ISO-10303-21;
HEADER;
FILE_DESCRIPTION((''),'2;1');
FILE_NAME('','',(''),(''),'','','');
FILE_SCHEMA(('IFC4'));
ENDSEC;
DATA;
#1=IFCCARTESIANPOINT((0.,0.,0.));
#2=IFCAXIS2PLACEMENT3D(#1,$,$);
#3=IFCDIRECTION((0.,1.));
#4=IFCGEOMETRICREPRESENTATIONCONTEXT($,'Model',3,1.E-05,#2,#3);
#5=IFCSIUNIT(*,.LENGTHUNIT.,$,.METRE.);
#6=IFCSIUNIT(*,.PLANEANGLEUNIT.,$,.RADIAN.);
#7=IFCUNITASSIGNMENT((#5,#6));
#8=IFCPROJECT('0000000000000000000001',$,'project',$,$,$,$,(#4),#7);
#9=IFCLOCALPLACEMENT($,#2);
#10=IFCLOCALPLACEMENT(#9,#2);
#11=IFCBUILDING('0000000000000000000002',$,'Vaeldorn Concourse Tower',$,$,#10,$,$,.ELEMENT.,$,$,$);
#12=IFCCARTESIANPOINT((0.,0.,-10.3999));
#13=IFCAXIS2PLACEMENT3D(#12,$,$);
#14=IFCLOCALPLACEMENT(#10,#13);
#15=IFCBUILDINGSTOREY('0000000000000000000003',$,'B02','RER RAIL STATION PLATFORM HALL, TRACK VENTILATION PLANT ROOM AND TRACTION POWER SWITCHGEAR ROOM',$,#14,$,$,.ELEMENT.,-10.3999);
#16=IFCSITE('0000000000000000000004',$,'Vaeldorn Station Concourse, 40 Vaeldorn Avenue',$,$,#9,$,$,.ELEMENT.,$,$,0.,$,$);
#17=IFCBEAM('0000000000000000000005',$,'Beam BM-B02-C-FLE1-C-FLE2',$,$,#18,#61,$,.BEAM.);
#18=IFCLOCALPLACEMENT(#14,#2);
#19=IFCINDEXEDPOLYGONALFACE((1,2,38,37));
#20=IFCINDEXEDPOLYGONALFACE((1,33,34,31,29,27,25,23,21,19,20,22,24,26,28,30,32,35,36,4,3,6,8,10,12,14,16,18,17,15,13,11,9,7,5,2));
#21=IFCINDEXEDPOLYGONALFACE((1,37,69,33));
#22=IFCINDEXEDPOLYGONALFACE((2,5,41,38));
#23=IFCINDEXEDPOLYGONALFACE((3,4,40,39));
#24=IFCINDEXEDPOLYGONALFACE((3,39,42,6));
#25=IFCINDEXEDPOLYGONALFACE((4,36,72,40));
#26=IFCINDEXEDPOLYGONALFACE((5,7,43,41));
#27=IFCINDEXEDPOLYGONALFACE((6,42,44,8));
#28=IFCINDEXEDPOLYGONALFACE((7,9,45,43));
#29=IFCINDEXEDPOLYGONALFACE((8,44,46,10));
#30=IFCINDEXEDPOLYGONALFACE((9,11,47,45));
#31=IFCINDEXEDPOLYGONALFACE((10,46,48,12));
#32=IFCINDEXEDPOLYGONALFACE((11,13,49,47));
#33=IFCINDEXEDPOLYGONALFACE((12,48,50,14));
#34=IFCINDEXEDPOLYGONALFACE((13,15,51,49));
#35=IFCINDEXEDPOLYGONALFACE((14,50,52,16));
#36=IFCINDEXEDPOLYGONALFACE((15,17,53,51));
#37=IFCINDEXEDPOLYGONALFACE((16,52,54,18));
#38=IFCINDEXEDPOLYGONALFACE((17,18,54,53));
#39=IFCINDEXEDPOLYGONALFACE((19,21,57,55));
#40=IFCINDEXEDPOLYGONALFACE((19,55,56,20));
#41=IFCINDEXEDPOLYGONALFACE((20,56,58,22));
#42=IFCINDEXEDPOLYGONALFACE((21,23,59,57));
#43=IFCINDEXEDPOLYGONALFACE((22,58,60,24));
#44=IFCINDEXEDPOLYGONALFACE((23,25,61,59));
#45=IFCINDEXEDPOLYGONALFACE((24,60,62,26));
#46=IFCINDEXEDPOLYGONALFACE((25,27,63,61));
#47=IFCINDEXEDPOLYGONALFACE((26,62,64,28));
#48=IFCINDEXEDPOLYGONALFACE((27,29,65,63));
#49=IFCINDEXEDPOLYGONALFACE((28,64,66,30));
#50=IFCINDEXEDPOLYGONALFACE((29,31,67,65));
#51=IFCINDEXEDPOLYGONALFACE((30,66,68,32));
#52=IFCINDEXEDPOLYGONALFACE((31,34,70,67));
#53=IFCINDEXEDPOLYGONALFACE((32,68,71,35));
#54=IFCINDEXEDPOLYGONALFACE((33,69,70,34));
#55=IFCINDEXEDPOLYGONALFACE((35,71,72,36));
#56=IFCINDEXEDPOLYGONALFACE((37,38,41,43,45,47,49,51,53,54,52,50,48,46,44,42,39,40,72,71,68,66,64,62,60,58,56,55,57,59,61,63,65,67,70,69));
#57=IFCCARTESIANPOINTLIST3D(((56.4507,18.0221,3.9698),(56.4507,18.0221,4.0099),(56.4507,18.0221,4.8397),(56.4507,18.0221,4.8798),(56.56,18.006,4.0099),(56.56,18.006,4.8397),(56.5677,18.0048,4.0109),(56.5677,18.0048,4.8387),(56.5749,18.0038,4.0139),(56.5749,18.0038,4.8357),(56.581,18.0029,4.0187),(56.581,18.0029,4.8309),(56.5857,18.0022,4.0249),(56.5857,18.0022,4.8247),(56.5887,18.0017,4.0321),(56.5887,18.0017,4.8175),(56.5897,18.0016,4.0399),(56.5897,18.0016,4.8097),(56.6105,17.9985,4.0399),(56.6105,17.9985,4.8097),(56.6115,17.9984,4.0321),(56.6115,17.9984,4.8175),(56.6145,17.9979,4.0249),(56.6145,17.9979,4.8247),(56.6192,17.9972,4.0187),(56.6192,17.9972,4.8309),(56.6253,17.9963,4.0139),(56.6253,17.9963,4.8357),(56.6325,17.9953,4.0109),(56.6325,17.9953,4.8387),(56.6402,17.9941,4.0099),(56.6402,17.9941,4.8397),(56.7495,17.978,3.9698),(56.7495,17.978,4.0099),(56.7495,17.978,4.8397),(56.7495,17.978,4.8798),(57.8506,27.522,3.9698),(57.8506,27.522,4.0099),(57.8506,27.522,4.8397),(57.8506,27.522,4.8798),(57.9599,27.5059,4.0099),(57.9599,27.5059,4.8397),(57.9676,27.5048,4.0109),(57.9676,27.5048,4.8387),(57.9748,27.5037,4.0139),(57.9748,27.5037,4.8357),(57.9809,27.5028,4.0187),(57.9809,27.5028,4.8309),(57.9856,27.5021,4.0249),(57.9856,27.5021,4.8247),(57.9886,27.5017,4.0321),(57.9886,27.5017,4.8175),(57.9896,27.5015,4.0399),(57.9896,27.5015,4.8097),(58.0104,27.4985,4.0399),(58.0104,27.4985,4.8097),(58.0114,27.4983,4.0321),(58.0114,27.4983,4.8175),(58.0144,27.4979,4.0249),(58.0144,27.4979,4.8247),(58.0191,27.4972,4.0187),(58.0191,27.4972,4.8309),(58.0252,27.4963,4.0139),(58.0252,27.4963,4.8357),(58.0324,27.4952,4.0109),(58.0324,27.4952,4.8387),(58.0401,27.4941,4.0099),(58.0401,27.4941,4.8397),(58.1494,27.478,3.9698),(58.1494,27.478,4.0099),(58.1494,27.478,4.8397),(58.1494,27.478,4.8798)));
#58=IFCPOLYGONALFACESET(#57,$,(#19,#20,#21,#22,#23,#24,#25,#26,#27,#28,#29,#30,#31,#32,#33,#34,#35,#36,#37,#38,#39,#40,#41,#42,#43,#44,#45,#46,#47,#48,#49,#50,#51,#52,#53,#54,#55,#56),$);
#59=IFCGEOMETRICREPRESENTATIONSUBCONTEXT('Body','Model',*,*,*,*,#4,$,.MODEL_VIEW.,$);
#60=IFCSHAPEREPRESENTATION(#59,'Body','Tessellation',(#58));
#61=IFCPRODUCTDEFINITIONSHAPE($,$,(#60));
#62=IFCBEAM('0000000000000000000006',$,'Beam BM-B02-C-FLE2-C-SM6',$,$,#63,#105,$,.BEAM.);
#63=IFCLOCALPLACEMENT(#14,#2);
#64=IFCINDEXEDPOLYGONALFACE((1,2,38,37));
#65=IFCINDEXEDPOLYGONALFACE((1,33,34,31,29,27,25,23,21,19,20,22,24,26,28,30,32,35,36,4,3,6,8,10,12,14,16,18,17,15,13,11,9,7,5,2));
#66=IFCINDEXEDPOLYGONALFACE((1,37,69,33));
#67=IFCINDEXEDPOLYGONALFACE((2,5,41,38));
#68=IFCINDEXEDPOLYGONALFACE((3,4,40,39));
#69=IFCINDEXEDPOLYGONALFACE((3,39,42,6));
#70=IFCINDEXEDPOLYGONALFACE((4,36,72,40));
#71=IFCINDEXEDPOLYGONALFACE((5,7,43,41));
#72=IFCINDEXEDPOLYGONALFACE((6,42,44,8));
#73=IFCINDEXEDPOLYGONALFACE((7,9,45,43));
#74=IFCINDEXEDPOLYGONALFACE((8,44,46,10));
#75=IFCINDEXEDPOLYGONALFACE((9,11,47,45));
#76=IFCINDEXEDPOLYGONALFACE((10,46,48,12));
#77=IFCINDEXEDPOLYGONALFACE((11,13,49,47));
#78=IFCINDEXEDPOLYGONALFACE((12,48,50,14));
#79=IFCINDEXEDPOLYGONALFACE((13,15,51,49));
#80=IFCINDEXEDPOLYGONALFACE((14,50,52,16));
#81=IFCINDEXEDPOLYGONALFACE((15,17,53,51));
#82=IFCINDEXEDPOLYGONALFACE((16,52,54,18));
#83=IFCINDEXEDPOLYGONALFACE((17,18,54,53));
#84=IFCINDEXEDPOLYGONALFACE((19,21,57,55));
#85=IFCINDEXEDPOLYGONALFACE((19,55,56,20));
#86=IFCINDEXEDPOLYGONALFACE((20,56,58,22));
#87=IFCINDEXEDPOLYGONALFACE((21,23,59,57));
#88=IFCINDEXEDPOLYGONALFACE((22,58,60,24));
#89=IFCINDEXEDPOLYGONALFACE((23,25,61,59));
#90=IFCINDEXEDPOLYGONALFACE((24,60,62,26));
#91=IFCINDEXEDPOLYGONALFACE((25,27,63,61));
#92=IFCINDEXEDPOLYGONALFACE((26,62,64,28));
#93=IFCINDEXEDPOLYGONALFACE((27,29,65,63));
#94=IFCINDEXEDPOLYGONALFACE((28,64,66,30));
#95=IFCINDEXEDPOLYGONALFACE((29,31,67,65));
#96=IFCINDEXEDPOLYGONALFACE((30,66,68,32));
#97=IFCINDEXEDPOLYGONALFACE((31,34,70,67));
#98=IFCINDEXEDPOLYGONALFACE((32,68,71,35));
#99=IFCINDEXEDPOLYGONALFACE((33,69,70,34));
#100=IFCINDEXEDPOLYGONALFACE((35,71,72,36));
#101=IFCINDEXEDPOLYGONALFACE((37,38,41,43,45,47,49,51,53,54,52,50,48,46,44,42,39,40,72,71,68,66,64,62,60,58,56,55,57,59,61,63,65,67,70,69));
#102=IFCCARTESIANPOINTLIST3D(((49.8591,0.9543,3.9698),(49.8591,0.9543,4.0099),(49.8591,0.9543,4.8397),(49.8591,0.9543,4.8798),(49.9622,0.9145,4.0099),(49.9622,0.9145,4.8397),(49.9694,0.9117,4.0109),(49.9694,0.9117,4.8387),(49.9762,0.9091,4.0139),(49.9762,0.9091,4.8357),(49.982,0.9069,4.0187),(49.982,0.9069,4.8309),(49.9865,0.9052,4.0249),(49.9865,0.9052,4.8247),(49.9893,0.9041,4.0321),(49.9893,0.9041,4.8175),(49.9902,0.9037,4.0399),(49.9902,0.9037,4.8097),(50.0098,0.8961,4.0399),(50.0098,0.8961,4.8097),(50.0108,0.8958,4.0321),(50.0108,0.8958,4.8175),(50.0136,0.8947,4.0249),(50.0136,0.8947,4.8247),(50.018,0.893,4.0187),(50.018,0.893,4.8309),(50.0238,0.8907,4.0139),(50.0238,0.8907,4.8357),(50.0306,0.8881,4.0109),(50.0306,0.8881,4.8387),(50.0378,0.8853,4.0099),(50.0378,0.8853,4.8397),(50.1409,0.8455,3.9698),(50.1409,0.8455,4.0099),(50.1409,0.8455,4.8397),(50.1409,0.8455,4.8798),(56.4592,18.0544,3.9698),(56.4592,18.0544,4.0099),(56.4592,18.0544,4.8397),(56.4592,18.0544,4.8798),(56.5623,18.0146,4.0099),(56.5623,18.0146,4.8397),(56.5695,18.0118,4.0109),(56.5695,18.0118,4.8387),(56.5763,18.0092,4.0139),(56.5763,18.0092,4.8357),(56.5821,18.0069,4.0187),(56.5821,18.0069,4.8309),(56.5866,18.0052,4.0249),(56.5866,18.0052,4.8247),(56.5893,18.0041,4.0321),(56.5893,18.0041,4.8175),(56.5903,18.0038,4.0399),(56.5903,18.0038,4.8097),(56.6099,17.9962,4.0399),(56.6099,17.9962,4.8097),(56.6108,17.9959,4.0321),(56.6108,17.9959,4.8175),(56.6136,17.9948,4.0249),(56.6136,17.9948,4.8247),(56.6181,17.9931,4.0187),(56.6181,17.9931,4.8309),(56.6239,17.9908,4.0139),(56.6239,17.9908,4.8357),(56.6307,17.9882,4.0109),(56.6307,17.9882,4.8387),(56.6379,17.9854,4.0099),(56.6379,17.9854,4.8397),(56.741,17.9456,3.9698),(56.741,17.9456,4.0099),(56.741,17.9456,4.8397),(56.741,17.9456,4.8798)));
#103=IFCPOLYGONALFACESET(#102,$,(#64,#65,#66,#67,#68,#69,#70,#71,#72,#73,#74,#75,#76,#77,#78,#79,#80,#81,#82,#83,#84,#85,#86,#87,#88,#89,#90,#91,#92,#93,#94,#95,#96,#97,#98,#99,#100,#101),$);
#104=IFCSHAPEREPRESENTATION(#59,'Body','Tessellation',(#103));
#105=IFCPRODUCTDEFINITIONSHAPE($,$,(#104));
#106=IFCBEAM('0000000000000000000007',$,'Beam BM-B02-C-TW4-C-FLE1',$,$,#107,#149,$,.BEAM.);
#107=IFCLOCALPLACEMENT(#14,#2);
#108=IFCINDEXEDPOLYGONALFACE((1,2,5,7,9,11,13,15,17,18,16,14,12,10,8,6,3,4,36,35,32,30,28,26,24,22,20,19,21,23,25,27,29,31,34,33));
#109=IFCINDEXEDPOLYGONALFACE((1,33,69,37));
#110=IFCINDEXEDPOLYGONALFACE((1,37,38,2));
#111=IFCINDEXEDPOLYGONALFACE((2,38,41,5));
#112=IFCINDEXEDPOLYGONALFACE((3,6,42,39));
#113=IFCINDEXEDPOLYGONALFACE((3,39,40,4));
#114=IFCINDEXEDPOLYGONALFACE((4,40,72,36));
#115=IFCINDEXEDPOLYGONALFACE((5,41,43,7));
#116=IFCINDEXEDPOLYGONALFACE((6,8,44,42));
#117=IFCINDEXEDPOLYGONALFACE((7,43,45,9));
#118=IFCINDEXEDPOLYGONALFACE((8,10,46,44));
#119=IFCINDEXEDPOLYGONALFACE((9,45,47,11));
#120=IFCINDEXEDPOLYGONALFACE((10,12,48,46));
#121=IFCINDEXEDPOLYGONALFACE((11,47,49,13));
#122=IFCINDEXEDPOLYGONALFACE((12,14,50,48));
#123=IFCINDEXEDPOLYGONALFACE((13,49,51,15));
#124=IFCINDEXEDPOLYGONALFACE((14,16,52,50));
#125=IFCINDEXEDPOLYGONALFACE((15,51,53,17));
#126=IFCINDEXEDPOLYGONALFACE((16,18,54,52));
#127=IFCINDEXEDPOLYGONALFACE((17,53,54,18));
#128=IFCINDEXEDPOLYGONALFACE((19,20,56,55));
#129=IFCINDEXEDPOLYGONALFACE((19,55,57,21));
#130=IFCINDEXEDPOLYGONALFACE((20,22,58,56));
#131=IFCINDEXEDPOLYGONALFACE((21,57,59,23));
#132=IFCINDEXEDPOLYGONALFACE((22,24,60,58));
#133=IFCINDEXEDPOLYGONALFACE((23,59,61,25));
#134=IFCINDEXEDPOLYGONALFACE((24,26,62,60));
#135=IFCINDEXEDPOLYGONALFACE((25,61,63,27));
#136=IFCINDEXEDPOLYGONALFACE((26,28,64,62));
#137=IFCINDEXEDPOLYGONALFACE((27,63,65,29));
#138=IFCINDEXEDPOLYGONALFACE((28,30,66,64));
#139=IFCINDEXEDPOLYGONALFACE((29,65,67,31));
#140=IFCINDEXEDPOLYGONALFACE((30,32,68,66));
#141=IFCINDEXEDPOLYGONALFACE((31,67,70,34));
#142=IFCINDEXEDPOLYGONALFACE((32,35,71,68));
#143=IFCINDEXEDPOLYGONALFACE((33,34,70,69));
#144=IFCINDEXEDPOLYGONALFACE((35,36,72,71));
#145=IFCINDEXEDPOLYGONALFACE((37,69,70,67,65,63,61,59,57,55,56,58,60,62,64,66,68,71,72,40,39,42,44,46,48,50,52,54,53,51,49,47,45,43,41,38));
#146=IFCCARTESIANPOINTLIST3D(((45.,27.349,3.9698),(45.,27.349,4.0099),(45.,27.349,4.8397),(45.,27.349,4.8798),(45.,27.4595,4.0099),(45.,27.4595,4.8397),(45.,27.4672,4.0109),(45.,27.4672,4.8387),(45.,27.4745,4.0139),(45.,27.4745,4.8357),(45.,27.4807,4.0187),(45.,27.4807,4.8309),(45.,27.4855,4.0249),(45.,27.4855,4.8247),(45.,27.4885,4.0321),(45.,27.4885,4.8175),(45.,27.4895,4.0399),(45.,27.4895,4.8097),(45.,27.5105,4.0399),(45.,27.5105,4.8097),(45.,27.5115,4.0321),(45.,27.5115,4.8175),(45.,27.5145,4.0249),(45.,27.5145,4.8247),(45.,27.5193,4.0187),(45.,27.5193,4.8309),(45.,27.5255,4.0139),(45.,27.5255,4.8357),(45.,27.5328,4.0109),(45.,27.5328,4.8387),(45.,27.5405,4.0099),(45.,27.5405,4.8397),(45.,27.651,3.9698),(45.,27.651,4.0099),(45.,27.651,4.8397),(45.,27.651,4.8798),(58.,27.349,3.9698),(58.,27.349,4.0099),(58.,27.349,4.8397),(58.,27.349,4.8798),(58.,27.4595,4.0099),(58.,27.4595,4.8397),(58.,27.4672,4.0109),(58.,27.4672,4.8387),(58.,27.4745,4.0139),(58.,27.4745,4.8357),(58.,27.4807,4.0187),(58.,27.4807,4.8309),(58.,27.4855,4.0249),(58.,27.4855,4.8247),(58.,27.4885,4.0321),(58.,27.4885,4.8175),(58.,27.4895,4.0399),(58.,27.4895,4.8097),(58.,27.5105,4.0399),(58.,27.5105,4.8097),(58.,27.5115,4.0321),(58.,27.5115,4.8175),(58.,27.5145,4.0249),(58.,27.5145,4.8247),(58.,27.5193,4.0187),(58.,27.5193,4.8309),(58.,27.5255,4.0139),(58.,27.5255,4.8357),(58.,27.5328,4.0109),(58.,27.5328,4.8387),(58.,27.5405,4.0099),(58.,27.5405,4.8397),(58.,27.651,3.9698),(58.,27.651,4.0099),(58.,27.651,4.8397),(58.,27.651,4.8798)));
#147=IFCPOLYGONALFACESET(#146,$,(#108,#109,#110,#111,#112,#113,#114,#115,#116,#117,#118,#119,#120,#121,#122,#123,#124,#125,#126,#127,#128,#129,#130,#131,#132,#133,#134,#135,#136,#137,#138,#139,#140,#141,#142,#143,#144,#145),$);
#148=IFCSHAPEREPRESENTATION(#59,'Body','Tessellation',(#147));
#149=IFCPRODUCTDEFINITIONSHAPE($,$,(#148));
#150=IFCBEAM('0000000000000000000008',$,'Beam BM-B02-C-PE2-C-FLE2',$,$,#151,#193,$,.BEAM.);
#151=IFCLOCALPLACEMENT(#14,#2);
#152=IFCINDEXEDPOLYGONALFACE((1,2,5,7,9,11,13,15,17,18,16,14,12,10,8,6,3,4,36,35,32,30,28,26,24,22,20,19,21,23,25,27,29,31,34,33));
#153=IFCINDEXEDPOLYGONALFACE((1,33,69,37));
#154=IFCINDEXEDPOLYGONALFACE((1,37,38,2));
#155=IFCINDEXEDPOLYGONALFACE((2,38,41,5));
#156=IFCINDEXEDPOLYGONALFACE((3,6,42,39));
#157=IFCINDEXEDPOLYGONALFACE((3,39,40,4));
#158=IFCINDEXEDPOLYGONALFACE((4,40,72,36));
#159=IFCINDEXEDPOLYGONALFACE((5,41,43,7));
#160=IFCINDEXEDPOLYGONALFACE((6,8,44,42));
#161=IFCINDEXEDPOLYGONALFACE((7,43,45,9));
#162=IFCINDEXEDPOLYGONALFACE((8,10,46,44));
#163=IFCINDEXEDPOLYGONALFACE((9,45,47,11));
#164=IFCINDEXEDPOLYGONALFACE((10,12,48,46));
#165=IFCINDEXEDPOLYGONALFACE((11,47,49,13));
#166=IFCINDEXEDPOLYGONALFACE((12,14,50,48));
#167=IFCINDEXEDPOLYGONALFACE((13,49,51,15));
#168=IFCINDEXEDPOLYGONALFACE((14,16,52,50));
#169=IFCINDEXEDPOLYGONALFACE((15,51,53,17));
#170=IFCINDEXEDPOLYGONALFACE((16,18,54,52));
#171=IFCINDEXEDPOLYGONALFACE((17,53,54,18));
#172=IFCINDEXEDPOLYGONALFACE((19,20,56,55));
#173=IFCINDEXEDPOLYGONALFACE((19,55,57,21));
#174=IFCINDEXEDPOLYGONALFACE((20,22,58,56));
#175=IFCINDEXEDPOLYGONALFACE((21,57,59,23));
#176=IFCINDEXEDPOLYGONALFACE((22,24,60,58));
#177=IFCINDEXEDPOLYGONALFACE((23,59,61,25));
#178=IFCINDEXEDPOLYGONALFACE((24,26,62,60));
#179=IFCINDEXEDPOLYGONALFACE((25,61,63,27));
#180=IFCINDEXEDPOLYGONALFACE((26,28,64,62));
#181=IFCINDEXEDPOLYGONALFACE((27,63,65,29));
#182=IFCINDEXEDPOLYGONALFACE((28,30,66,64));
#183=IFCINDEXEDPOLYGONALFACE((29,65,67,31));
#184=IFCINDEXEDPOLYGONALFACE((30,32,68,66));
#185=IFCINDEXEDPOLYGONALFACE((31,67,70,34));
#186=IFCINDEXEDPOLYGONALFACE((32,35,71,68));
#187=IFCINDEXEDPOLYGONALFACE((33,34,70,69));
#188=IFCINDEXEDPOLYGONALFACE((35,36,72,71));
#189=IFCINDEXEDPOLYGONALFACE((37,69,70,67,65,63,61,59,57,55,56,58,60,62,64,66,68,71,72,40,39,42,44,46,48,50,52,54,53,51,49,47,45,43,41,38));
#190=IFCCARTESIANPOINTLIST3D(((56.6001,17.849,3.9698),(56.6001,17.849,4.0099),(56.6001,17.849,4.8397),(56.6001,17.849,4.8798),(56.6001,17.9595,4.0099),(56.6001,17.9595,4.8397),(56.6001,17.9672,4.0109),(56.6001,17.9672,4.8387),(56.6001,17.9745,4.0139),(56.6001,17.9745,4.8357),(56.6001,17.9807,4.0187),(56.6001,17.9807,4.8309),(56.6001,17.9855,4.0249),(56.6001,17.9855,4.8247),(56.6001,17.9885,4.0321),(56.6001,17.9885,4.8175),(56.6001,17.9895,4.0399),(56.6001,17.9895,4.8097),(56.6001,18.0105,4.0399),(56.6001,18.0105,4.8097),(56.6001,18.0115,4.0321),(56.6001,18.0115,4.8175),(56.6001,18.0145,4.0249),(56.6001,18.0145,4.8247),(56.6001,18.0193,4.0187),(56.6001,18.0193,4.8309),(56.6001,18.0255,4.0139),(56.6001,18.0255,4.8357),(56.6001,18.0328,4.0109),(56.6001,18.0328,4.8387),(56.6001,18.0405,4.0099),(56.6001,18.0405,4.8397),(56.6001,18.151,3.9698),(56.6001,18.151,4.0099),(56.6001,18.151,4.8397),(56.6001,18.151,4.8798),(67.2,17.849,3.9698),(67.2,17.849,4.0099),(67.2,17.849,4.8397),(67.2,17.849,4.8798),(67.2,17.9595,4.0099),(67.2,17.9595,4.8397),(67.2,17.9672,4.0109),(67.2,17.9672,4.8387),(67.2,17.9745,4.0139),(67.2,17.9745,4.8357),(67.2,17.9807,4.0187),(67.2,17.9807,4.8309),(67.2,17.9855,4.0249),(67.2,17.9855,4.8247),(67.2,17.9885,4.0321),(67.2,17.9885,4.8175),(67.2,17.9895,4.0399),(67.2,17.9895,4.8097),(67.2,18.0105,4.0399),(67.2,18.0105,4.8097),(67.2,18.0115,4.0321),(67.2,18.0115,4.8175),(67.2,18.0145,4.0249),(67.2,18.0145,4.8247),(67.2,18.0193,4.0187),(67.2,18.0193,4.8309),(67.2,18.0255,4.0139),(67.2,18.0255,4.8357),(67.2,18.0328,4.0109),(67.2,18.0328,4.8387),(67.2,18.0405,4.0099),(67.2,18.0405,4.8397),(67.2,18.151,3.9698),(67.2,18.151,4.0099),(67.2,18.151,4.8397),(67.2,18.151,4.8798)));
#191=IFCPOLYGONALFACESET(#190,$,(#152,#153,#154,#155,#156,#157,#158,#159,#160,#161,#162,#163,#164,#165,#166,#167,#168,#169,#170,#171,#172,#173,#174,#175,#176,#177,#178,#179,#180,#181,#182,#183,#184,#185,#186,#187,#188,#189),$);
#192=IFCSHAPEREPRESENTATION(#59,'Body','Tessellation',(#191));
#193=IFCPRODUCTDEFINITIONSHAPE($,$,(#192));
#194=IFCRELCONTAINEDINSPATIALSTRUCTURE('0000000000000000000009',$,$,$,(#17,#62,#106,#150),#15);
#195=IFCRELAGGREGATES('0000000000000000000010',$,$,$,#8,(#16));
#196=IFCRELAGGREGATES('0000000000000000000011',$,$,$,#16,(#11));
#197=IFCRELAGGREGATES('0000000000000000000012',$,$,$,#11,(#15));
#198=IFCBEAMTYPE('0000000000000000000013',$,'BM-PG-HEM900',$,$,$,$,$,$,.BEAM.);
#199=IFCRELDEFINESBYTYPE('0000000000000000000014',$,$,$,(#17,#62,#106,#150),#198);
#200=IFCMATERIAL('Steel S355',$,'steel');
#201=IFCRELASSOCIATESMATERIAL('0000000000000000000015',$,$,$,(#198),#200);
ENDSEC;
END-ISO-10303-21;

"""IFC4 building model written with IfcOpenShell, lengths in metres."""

from ifc_helpers import new_model, si_unit, direction, frame, origin, origin_2d, place, context, subcontext, project, spatial, i_section, extrude, source, transform, mapped, material, material_profile, profile_set, type_object, element, save


model = new_model("IFC4")

# Units and contexts
model_context = context("Model", 3, precision=1e-05, world=origin(), true_north=direction((0.0, 1.0)))
body_context = subcontext(model_context, "Body", "Model", "MODEL_VIEW")
ifc_project = project(units=[si_unit("LENGTHUNIT", "METRE"), si_unit("PLANEANGLEUNIT", "RADIAN")], contexts=[model_context])

# Site, building, storey
site_placement = place(None, origin())
site = spatial("IfcSite", under=ifc_project, at=site_placement, Name="Vaeldorn Station Concourse, 40 Vaeldorn Avenue", CompositionType="ELEMENT", RefElevation=0.0)
building_placement = place(site_placement, origin())
building = spatial("IfcBuilding", under=site, at=building_placement, Name="Vaeldorn Concourse Tower", CompositionType="ELEMENT")
storey_placement = place(building_placement, frame((0.0, 0.0, -10.3999)))
storey = spatial("IfcBuildingStorey", under=building, at=storey_placement, Name="B02", Description="RER RAIL STATION PLATFORM HALL, TRACK VENTILATION PLANT ROOM AND TRACTION POWER SWITCHGEAR ROOM", CompositionType="ELEMENT", Elevation=-10.3999)

# Beams
ifc_material_1 = material(Name="Steel S355", Category="steel")
ifc_material_profile_1 = material_profile(ifc_material_1, i_section(OverallWidth=0.302, OverallDepth=0.9099, WebThickness=0.021, FlangeThickness=0.04, FilletRadius=0.03, at=origin_2d()), Name="HEM 900")
ifc_profile_set_1 = profile_set([ifc_material_profile_1], Name="Steel S355")
beam_type_1 = type_object("IfcBeamType", Name="BM-PG-HEM900", PredefinedType="BEAM", material=ifc_profile_set_1)
shared_shape_1 = source(origin(), body_context, "Body", "SweptSolid", [
    extrude(i_section(OverallWidth=0.302, OverallDepth=0.9099, WebThickness=0.021, FlangeThickness=0.04, FilletRadius=0.03, at=origin_2d()), origin(), (0.0, 0.0, 1.0), 9.6025),
])
beam_1_placement = place(storey_placement, frame((58.0, 27.5, 4.4248), z_axis=(-0.145784, -0.989316, 0.0), x_axis=(0.989316, -0.145784, 0.0)))
element("IfcBeam", 1, at=beam_1_placement, inside=storey, type_object=beam_type_1, Name="Beam BM-B02-C-FLE1-C-FLE2", PredefinedType="BEAM", context=body_context, shape_type="MappedRepresentation", body=[
    mapped(shared_shape_1, transform((0.0, 0.0, 0.0), scale=1.0)),
])
shared_shape_2 = source(origin(), body_context, "Body", "SweptSolid", [
    extrude(i_section(OverallWidth=0.302, OverallDepth=0.9099, WebThickness=0.021, FlangeThickness=0.04, FilletRadius=0.03, at=origin_2d()), origin(), (0.0, 0.0, 1.0), 18.3296),
])
beam_2_placement = place(storey_placement, frame((56.6001, 18.0, 4.4248), z_axis=(-0.360078, -0.932922, 0.0), x_axis=(0.932922, -0.360078, 0.0)))
element("IfcBeam", 2, at=beam_2_placement, inside=storey, type_object=beam_type_1, Name="Beam BM-B02-C-FLE2-C-SM6", PredefinedType="BEAM", context=body_context, shape_type="MappedRepresentation", body=[
    mapped(shared_shape_2, transform((0.0, 0.0, 0.0), scale=1.0)),
])
shared_shape_3 = source(origin(), body_context, "Body", "SweptSolid", [
    extrude(i_section(OverallWidth=0.302, OverallDepth=0.9099, WebThickness=0.021, FlangeThickness=0.04, FilletRadius=0.03, at=origin_2d()), origin(), (0.0, 0.0, 1.0), 13.0),
])
beam_3_placement = place(storey_placement, frame((45.0, 27.5, 4.4248), z_axis=(1.0, 0.0, 0.0), x_axis=(0.0, 1.0, 0.0)))
element("IfcBeam", 3, at=beam_3_placement, inside=storey, type_object=beam_type_1, Name="Beam BM-B02-C-TW4-C-FLE1", PredefinedType="BEAM", context=body_context, shape_type="MappedRepresentation", body=[
    mapped(shared_shape_3, transform((0.0, 0.0, 0.0), scale=1.0)),
])
shared_shape_4 = source(origin(), body_context, "Body", "SweptSolid", [
    extrude(i_section(OverallWidth=0.302, OverallDepth=0.9099, WebThickness=0.021, FlangeThickness=0.04, FilletRadius=0.03, at=origin_2d()), origin(), (0.0, 0.0, 1.0), 10.5999),
])
beam_4_placement = place(storey_placement, frame((67.2, 18.0, 4.4248), z_axis=(-1.0, 0.0, 0.0), x_axis=(0.0, -1.0, 0.0)))
element("IfcBeam", 4, at=beam_4_placement, inside=storey, type_object=beam_type_1, Name="Beam BM-B02-C-PE2-C-FLE2", PredefinedType="BEAM", context=body_context, shape_type="MappedRepresentation", body=[
    mapped(shared_shape_4, transform((0.0, 0.0, 0.0), scale=1.0)),
])

save(model, "model.ifc")
